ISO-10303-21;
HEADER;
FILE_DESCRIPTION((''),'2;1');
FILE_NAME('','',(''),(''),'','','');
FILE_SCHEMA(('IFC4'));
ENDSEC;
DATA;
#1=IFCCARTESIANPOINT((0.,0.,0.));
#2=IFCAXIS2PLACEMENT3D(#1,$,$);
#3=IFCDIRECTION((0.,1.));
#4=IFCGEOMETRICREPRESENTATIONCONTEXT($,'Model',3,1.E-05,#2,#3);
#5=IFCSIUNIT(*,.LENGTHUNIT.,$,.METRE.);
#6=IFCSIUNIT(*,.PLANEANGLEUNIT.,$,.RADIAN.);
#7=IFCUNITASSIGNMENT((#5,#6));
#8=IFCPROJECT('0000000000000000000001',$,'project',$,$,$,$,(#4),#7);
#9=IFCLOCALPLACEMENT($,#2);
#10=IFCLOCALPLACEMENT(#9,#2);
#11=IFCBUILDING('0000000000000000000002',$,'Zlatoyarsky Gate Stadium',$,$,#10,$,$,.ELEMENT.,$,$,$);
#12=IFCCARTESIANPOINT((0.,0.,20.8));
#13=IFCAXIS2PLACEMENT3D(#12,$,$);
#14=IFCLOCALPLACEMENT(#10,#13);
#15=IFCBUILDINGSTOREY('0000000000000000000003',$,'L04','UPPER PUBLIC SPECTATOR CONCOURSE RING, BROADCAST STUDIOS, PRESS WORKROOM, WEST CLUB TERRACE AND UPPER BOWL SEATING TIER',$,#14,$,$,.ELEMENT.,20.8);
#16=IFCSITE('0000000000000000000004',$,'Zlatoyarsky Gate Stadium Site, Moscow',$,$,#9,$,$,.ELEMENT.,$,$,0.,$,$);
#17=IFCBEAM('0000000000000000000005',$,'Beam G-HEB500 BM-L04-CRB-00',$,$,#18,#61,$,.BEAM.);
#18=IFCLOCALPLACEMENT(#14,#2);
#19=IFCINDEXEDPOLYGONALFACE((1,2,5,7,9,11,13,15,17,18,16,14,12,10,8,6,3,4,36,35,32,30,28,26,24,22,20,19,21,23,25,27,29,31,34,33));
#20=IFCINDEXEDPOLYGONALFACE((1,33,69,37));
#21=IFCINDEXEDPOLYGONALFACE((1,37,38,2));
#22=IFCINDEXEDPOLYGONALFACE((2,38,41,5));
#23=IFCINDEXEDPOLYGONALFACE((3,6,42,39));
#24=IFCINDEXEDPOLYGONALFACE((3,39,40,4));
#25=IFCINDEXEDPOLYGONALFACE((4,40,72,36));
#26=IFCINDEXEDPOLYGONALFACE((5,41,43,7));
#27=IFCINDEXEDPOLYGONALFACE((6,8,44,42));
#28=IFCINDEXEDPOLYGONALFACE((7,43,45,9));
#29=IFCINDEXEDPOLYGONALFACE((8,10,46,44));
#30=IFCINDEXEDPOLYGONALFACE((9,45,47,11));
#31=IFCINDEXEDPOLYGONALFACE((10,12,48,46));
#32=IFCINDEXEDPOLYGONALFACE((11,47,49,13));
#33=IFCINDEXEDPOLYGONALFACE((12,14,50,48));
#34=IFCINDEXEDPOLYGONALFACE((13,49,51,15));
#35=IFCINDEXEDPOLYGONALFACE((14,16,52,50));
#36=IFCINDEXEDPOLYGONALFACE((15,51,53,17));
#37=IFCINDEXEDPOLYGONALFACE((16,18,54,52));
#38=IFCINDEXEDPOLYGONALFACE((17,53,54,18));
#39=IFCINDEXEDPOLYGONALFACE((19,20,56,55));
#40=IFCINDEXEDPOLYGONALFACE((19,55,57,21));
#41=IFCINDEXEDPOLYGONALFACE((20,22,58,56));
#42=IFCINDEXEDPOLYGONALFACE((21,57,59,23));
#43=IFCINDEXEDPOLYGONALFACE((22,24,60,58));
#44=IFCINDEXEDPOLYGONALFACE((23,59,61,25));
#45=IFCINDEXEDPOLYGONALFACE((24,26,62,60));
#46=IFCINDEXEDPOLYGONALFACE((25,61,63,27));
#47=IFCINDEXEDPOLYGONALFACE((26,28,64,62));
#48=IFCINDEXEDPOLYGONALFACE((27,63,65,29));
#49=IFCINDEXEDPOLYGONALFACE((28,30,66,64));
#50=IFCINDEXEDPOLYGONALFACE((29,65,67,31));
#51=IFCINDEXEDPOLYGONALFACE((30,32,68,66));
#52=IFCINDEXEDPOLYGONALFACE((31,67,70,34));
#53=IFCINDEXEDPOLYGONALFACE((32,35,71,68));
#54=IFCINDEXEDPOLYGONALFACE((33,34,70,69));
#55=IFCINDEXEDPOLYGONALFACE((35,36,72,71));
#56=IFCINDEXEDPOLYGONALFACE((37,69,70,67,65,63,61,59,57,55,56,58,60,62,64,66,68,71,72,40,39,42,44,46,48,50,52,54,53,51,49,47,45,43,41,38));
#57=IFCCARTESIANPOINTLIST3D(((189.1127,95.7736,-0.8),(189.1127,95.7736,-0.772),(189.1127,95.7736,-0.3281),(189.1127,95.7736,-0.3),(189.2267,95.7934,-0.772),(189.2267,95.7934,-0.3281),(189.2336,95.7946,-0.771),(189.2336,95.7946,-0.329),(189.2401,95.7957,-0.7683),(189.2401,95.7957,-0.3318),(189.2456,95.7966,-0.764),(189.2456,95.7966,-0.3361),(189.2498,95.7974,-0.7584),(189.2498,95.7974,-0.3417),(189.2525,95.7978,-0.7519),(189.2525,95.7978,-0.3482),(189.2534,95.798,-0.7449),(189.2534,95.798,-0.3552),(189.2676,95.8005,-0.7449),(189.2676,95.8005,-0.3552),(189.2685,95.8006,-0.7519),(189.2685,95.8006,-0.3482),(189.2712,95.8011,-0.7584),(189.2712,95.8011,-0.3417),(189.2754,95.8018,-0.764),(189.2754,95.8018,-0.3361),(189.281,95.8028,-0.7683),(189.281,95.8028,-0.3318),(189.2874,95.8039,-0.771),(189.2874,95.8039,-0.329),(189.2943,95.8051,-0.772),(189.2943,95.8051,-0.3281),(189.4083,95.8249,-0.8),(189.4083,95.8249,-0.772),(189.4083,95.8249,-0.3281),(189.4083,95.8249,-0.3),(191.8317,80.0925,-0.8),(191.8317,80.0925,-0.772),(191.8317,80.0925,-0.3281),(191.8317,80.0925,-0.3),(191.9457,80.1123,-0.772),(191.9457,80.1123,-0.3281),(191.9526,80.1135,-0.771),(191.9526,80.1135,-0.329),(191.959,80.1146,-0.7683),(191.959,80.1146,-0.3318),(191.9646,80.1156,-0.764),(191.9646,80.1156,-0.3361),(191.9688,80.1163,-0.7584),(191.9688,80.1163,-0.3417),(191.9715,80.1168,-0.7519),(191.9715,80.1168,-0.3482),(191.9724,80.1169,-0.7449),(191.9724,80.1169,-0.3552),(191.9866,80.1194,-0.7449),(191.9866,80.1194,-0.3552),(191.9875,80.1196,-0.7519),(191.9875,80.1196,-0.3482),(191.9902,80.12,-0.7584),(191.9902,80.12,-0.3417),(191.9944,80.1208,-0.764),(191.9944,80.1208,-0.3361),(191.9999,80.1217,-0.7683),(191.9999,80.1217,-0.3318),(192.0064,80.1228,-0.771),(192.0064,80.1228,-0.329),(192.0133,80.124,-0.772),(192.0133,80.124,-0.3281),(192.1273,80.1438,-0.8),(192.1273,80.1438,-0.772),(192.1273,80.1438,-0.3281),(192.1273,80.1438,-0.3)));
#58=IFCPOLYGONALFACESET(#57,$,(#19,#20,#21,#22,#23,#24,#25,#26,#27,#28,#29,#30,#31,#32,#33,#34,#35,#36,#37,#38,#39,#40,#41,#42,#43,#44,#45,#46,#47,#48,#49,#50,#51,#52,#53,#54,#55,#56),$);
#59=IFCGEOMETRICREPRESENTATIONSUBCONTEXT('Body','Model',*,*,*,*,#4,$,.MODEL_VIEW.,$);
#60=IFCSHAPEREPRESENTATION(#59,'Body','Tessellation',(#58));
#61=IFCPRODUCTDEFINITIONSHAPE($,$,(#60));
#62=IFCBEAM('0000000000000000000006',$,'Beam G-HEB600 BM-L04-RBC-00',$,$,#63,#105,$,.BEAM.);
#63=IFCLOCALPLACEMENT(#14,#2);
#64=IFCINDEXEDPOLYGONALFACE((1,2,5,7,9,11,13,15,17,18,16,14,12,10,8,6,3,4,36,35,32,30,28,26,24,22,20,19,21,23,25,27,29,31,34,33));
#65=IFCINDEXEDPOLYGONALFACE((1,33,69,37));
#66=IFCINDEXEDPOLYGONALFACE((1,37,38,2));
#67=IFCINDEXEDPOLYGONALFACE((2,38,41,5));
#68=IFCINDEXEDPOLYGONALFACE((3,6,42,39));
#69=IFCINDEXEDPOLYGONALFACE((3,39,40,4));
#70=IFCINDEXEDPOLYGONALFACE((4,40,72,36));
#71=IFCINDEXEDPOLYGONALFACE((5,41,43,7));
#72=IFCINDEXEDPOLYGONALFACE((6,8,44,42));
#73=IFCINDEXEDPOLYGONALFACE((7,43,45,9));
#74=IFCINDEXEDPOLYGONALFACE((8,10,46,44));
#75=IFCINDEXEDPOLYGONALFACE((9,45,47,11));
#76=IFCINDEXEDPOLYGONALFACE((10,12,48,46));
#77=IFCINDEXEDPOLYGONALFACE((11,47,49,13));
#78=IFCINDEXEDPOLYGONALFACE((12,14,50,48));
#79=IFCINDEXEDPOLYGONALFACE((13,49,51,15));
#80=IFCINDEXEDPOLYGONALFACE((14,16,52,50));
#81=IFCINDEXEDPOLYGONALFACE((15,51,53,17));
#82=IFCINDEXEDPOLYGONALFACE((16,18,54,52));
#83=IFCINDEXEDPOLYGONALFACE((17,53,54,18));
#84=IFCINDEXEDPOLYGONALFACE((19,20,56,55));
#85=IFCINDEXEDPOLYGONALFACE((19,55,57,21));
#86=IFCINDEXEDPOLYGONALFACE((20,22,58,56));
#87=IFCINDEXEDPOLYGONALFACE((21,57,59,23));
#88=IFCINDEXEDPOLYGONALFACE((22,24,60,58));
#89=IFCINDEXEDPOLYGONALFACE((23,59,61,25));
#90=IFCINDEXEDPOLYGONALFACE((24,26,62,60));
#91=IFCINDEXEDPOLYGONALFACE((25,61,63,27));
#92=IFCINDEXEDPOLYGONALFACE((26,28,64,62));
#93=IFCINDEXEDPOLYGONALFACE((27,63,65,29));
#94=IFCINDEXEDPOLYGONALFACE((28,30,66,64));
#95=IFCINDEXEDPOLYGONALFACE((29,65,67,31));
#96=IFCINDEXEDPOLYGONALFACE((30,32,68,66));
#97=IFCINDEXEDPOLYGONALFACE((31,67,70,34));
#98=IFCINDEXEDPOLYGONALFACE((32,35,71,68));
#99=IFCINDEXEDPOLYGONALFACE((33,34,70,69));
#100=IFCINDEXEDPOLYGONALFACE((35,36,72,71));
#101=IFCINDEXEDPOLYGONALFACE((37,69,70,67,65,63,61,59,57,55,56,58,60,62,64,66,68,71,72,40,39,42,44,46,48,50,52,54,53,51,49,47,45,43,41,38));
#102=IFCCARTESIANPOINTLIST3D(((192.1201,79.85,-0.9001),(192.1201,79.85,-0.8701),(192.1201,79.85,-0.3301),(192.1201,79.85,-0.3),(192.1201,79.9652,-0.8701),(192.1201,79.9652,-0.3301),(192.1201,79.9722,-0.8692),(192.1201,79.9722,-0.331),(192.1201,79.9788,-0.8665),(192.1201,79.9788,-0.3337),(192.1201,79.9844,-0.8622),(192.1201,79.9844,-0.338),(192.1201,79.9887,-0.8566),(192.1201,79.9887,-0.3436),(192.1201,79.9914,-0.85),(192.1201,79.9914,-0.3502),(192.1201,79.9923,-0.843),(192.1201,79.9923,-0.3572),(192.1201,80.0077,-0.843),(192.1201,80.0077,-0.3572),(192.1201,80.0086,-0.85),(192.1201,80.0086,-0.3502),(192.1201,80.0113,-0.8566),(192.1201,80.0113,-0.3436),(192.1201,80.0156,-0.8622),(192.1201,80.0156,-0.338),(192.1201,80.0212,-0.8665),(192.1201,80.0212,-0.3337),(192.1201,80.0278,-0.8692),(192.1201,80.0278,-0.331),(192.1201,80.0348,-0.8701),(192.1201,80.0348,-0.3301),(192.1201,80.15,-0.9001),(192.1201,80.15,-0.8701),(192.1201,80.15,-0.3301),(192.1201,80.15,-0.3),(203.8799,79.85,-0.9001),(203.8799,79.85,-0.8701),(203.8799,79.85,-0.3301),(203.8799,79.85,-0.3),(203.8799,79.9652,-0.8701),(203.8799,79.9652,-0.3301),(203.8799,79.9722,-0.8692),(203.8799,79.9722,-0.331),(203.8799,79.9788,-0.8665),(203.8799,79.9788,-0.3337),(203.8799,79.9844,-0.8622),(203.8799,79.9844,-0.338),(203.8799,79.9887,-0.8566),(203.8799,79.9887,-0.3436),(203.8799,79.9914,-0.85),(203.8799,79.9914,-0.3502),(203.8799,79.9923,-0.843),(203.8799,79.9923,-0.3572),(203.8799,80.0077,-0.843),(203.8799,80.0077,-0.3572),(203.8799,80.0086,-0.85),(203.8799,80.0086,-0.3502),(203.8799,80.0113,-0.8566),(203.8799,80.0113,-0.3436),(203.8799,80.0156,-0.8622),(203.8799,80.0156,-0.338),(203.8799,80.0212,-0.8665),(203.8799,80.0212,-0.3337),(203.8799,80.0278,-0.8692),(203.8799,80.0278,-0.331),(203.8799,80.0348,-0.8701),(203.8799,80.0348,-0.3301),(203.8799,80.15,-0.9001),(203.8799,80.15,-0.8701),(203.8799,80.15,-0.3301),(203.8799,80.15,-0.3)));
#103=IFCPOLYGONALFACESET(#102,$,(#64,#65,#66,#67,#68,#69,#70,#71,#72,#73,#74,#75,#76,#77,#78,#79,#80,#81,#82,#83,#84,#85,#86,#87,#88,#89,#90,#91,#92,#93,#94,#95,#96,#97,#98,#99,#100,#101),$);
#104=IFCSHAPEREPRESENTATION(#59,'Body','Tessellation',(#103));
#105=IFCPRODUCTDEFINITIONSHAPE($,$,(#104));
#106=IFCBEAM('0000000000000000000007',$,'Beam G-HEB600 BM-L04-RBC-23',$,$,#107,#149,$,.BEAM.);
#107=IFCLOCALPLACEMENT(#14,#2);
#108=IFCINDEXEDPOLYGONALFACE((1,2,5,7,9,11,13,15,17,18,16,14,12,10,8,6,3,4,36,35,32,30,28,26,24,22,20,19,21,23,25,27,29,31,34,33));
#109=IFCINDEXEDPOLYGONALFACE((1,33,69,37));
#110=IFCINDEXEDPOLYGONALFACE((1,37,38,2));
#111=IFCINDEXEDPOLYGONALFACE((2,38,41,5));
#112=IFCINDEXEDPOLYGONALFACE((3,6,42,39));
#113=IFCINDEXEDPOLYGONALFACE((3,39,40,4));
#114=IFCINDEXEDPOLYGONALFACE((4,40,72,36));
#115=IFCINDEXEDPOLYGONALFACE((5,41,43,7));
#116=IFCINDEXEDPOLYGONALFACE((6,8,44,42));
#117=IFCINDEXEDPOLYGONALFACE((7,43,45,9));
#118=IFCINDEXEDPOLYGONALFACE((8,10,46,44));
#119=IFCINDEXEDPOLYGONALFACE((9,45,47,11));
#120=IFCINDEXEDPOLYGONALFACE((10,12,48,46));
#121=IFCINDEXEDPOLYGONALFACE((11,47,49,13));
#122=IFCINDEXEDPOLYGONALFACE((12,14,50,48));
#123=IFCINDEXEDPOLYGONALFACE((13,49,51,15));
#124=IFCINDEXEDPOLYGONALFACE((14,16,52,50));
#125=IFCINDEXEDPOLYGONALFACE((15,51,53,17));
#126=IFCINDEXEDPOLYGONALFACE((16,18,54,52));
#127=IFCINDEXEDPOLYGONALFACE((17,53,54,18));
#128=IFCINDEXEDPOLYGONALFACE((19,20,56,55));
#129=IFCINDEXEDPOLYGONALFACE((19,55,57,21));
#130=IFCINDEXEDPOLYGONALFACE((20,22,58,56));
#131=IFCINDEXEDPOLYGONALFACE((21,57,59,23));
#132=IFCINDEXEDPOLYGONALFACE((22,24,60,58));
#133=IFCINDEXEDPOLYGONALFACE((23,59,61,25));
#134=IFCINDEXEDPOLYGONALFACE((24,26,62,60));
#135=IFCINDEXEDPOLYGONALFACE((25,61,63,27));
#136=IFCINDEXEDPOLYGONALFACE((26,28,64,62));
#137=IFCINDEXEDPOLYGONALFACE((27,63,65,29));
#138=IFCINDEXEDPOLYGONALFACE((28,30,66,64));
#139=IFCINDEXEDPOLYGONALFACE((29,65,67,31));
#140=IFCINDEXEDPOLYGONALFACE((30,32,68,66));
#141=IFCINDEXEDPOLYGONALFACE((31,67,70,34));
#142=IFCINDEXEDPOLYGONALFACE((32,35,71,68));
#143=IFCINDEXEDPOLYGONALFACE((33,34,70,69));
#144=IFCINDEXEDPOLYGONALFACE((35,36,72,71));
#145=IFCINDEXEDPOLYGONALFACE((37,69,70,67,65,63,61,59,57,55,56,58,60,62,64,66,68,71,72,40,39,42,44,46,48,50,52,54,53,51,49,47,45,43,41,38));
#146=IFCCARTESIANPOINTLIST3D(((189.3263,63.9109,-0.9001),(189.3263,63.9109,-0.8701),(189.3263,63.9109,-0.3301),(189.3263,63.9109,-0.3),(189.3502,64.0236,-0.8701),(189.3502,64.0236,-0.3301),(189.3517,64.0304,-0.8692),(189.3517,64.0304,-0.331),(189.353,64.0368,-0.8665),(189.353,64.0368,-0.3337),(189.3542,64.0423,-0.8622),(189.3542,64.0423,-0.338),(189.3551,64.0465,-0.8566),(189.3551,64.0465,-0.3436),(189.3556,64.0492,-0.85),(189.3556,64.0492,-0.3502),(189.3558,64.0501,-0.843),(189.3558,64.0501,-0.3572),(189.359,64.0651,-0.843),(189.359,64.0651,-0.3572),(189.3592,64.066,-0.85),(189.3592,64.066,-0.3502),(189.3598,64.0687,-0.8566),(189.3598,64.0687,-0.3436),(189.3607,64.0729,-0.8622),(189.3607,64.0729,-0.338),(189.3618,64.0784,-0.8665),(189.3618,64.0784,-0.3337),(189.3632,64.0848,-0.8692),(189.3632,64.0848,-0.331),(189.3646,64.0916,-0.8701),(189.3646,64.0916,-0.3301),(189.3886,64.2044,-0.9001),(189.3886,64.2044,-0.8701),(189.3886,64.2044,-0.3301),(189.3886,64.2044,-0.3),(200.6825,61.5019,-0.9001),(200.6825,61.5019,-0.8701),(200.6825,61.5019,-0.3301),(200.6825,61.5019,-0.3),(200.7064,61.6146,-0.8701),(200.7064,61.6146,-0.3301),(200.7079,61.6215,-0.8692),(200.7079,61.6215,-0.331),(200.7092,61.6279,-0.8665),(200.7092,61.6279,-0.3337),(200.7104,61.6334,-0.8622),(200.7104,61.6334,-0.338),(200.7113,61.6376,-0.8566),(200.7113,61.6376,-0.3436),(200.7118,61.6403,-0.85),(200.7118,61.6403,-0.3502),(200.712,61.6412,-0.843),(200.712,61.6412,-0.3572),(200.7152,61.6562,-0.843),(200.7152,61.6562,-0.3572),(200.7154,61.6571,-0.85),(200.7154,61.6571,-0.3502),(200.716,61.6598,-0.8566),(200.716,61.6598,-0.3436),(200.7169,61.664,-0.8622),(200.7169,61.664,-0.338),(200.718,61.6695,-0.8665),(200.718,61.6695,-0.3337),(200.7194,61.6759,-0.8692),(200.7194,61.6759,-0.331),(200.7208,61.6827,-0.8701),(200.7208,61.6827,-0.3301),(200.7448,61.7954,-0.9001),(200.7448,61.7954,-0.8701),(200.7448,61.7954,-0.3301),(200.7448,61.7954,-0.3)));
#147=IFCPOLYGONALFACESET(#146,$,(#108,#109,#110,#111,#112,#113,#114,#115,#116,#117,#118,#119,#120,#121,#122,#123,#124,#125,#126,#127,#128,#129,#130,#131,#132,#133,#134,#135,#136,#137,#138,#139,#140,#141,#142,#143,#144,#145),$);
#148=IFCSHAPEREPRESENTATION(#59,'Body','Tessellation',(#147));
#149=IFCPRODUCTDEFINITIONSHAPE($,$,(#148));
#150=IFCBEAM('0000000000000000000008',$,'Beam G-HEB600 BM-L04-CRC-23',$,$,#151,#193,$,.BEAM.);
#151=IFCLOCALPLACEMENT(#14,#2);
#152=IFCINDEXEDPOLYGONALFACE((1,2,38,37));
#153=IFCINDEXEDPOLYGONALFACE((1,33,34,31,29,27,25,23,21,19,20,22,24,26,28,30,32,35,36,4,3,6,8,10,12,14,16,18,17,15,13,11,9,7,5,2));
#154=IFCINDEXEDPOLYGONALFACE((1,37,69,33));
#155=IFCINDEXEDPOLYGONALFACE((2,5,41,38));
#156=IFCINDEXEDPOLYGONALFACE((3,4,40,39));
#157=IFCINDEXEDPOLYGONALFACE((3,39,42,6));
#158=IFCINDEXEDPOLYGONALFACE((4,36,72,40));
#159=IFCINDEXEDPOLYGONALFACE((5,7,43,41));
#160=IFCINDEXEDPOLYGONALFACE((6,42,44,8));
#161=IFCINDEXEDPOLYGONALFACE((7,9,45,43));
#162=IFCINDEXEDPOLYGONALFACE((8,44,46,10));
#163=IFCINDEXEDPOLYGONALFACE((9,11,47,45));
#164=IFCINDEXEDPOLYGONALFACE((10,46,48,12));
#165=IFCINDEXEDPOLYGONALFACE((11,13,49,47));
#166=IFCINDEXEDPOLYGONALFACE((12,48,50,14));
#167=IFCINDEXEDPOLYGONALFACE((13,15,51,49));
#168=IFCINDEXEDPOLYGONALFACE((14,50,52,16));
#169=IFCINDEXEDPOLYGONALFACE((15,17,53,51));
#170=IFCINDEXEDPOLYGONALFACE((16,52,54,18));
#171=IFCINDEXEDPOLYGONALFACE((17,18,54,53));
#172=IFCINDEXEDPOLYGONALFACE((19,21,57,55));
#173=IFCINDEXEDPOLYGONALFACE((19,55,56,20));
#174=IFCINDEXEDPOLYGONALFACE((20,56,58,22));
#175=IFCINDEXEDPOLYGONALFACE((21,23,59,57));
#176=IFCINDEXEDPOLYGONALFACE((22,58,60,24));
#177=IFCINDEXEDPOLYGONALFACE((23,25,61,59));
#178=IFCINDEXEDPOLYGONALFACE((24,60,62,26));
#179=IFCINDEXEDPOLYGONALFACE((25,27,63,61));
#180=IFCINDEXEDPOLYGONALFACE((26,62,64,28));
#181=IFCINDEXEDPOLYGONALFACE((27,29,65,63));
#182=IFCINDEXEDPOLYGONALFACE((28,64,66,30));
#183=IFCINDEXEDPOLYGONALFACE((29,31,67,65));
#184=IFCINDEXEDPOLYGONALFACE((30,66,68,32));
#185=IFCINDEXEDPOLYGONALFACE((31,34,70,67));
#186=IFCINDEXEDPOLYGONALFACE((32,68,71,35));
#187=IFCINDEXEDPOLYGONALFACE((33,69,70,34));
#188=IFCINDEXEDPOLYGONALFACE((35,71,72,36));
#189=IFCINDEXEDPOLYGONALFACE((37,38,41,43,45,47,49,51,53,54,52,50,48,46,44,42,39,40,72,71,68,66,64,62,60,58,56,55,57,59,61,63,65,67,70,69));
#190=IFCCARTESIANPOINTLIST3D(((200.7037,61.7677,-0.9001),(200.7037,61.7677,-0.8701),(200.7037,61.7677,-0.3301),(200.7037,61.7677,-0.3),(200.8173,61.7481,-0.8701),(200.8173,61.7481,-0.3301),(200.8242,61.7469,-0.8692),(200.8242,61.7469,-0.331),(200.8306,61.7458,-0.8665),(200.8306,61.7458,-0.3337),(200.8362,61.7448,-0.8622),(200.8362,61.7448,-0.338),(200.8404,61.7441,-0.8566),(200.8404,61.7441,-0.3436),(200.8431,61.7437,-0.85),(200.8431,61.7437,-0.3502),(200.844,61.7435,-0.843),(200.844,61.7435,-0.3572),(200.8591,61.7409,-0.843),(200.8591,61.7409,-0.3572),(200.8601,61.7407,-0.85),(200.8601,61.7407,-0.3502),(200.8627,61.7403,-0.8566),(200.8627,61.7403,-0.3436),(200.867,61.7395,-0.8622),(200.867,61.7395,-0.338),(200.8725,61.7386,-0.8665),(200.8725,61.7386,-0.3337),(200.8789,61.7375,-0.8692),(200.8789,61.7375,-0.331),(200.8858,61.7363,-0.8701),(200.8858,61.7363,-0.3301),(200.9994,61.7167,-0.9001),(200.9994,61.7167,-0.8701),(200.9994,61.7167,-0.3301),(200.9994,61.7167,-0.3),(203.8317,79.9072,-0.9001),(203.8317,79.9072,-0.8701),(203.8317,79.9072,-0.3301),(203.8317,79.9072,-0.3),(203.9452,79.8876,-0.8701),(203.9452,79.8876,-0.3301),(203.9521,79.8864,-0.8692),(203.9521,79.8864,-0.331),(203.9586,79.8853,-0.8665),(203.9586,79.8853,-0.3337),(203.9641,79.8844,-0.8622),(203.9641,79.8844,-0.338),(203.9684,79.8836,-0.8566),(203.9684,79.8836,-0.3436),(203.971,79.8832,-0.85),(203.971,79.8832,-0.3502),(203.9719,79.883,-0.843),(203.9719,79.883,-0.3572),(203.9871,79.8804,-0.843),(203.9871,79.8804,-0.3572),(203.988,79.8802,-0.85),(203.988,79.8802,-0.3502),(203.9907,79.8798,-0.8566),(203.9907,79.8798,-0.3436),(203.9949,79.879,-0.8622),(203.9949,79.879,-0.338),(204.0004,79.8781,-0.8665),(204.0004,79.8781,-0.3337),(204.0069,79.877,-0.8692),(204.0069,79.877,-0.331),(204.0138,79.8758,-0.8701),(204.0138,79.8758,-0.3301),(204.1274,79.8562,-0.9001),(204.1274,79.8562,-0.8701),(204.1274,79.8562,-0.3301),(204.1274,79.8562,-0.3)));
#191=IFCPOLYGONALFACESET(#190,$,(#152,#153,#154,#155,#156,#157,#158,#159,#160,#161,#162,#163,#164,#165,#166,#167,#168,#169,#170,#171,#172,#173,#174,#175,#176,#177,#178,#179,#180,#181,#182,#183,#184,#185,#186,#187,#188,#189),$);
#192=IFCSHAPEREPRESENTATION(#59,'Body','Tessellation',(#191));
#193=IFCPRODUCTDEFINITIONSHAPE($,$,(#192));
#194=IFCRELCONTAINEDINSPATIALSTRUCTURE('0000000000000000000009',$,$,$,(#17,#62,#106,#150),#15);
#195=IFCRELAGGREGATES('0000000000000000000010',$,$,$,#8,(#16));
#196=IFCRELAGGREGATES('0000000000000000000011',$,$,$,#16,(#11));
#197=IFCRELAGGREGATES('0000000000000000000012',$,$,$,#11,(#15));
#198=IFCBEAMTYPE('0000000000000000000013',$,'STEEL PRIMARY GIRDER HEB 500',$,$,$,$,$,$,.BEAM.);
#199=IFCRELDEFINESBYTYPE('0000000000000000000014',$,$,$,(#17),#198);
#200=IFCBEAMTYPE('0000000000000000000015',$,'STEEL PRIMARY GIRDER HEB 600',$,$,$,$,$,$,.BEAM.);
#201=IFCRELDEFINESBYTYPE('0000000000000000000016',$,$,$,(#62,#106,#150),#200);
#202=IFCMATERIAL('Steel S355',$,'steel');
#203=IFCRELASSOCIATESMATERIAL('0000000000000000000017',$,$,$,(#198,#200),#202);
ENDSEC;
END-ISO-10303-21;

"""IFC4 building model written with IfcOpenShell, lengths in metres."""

from ifc_helpers import new_model, si_unit, direction, frame, origin, origin_2d, place, context, subcontext, project, spatial, i_section, extrude, material, material_profile, profile_set, type_object, element, save


model = new_model("IFC4")

# Units and contexts
model_context = context("Model", 3, precision=1e-05, world=origin(), true_north=direction((0.0, 1.0)))
body_context = subcontext(model_context, "Body", "Model", "MODEL_VIEW")
ifc_project = project(units=[si_unit("LENGTHUNIT", "METRE"), si_unit("PLANEANGLEUNIT", "RADIAN")], contexts=[model_context])

# Site, building, storey
site_placement = place(None, origin())
site = spatial("IfcSite", under=ifc_project, at=site_placement, Name="Zlatoyarsky Gate Stadium Site, Moscow", CompositionType="ELEMENT", RefElevation=0.0)
building_placement = place(site_placement, origin())
building = spatial("IfcBuilding", under=site, at=building_placement, Name="Zlatoyarsky Gate Stadium", CompositionType="ELEMENT")
storey_placement = place(building_placement, frame((0.0, 0.0, 20.8)))
storey = spatial("IfcBuildingStorey", under=building, at=storey_placement, Name="L04", Description="UPPER PUBLIC SPECTATOR CONCOURSE RING, BROADCAST STUDIOS, PRESS WORKROOM, WEST CLUB TERRACE AND UPPER BOWL SEATING TIER", CompositionType="ELEMENT", Elevation=20.8)

# Shared definitions
ifc_material_1 = material(Name="Steel S355", Category="steel")

# Beams
ifc_material_profile_1 = material_profile(ifc_material_1, i_section(OverallWidth=0.3, OverallDepth=0.5, WebThickness=0.0144, FlangeThickness=0.0281, FilletRadius=0.0271, at=origin_2d()), Name="HEB 500")
ifc_profile_set_1 = profile_set([ifc_material_profile_1], Name="Steel S355")
beam_type_1 = type_object("IfcBeamType", Name="STEEL PRIMARY GIRDER HEB 500", PredefinedType="BEAM", material=ifc_profile_set_1)
beam_1_placement = place(storey_placement, frame((191.9795, 80.1182, -0.55), z_axis=(-0.170843, 0.985298, 0.0), x_axis=(-0.985298, -0.170843, 0.0)))
element("IfcBeam", 1, at=beam_1_placement, inside=storey, type_object=beam_type_1, Name="Beam G-HEB500 BM-L04-CRB-00", PredefinedType="BEAM", context=body_context, shape_type="SweptSolid", body=[
    extrude(i_section(OverallWidth=0.3, OverallDepth=0.5, WebThickness=0.0144, FlangeThickness=0.0281, FilletRadius=0.0271, at=origin_2d()), origin(), (0.0, 0.0, 1.0), 15.915),
])
ifc_material_profile_2 = material_profile(ifc_material_1, i_section(OverallWidth=0.3, OverallDepth=0.6001, WebThickness=0.0154, FlangeThickness=0.03, FilletRadius=0.0271, at=origin_2d()), Name="HEB 600")
ifc_profile_set_2 = profile_set([ifc_material_profile_2], Name="Steel S355")
beam_type_2 = type_object("IfcBeamType", Name="STEEL PRIMARY GIRDER HEB 600", PredefinedType="BEAM", material=ifc_profile_set_2)
beam_2_placement = place(storey_placement, frame((192.1201, 80.0, -0.6001), z_axis=(1.0, 0.0, 0.0), x_axis=(0.0, 1.0, 0.0)))
element("IfcBeam", 2, at=beam_2_placement, inside=storey, type_object=beam_type_2, Name="Beam G-HEB600 BM-L04-RBC-00", PredefinedType="BEAM", context=body_context, shape_type="SweptSolid", body=[
    extrude(i_section(OverallWidth=0.3, OverallDepth=0.6001, WebThickness=0.0154, FlangeThickness=0.03, FilletRadius=0.0271, at=origin_2d()), origin(), (0.0, 0.0, 1.0), 11.7598),
])
beam_3_placement = place(storey_placement, frame((189.3574, 64.0576, -0.6001), z_axis=(0.978233, -0.207508, 0.0), x_axis=(0.207508, 0.978233, 0.0)))
element("IfcBeam", 3, at=beam_3_placement, inside=storey, type_object=beam_type_2, Name="Beam G-HEB600 BM-L04-RBC-23", PredefinedType="BEAM", context=body_context, shape_type="SweptSolid", body=[
    extrude(i_section(OverallWidth=0.3, OverallDepth=0.6001, WebThickness=0.0154, FlangeThickness=0.03, FilletRadius=0.0271, at=origin_2d()), origin(), (0.0, 0.0, 1.0), 11.6089),
])
beam_4_placement = place(storey_placement, frame((200.8516, 61.7422, -0.6001), z_axis=(0.16993, 0.985456, 0.0), x_axis=(-0.985456, 0.16993, 0.0)))
element("IfcBeam", 4, at=beam_4_placement, inside=storey, type_object=beam_type_2, Name="Beam G-HEB600 BM-L04-CRC-23", PredefinedType="BEAM", context=body_context, shape_type="SweptSolid", body=[
    extrude(i_section(OverallWidth=0.3, OverallDepth=0.6001, WebThickness=0.0154, FlangeThickness=0.03, FilletRadius=0.0271, at=origin_2d()), origin(), (0.0, 0.0, 1.0), 18.4072),
])

save(model, "model.ifc")
